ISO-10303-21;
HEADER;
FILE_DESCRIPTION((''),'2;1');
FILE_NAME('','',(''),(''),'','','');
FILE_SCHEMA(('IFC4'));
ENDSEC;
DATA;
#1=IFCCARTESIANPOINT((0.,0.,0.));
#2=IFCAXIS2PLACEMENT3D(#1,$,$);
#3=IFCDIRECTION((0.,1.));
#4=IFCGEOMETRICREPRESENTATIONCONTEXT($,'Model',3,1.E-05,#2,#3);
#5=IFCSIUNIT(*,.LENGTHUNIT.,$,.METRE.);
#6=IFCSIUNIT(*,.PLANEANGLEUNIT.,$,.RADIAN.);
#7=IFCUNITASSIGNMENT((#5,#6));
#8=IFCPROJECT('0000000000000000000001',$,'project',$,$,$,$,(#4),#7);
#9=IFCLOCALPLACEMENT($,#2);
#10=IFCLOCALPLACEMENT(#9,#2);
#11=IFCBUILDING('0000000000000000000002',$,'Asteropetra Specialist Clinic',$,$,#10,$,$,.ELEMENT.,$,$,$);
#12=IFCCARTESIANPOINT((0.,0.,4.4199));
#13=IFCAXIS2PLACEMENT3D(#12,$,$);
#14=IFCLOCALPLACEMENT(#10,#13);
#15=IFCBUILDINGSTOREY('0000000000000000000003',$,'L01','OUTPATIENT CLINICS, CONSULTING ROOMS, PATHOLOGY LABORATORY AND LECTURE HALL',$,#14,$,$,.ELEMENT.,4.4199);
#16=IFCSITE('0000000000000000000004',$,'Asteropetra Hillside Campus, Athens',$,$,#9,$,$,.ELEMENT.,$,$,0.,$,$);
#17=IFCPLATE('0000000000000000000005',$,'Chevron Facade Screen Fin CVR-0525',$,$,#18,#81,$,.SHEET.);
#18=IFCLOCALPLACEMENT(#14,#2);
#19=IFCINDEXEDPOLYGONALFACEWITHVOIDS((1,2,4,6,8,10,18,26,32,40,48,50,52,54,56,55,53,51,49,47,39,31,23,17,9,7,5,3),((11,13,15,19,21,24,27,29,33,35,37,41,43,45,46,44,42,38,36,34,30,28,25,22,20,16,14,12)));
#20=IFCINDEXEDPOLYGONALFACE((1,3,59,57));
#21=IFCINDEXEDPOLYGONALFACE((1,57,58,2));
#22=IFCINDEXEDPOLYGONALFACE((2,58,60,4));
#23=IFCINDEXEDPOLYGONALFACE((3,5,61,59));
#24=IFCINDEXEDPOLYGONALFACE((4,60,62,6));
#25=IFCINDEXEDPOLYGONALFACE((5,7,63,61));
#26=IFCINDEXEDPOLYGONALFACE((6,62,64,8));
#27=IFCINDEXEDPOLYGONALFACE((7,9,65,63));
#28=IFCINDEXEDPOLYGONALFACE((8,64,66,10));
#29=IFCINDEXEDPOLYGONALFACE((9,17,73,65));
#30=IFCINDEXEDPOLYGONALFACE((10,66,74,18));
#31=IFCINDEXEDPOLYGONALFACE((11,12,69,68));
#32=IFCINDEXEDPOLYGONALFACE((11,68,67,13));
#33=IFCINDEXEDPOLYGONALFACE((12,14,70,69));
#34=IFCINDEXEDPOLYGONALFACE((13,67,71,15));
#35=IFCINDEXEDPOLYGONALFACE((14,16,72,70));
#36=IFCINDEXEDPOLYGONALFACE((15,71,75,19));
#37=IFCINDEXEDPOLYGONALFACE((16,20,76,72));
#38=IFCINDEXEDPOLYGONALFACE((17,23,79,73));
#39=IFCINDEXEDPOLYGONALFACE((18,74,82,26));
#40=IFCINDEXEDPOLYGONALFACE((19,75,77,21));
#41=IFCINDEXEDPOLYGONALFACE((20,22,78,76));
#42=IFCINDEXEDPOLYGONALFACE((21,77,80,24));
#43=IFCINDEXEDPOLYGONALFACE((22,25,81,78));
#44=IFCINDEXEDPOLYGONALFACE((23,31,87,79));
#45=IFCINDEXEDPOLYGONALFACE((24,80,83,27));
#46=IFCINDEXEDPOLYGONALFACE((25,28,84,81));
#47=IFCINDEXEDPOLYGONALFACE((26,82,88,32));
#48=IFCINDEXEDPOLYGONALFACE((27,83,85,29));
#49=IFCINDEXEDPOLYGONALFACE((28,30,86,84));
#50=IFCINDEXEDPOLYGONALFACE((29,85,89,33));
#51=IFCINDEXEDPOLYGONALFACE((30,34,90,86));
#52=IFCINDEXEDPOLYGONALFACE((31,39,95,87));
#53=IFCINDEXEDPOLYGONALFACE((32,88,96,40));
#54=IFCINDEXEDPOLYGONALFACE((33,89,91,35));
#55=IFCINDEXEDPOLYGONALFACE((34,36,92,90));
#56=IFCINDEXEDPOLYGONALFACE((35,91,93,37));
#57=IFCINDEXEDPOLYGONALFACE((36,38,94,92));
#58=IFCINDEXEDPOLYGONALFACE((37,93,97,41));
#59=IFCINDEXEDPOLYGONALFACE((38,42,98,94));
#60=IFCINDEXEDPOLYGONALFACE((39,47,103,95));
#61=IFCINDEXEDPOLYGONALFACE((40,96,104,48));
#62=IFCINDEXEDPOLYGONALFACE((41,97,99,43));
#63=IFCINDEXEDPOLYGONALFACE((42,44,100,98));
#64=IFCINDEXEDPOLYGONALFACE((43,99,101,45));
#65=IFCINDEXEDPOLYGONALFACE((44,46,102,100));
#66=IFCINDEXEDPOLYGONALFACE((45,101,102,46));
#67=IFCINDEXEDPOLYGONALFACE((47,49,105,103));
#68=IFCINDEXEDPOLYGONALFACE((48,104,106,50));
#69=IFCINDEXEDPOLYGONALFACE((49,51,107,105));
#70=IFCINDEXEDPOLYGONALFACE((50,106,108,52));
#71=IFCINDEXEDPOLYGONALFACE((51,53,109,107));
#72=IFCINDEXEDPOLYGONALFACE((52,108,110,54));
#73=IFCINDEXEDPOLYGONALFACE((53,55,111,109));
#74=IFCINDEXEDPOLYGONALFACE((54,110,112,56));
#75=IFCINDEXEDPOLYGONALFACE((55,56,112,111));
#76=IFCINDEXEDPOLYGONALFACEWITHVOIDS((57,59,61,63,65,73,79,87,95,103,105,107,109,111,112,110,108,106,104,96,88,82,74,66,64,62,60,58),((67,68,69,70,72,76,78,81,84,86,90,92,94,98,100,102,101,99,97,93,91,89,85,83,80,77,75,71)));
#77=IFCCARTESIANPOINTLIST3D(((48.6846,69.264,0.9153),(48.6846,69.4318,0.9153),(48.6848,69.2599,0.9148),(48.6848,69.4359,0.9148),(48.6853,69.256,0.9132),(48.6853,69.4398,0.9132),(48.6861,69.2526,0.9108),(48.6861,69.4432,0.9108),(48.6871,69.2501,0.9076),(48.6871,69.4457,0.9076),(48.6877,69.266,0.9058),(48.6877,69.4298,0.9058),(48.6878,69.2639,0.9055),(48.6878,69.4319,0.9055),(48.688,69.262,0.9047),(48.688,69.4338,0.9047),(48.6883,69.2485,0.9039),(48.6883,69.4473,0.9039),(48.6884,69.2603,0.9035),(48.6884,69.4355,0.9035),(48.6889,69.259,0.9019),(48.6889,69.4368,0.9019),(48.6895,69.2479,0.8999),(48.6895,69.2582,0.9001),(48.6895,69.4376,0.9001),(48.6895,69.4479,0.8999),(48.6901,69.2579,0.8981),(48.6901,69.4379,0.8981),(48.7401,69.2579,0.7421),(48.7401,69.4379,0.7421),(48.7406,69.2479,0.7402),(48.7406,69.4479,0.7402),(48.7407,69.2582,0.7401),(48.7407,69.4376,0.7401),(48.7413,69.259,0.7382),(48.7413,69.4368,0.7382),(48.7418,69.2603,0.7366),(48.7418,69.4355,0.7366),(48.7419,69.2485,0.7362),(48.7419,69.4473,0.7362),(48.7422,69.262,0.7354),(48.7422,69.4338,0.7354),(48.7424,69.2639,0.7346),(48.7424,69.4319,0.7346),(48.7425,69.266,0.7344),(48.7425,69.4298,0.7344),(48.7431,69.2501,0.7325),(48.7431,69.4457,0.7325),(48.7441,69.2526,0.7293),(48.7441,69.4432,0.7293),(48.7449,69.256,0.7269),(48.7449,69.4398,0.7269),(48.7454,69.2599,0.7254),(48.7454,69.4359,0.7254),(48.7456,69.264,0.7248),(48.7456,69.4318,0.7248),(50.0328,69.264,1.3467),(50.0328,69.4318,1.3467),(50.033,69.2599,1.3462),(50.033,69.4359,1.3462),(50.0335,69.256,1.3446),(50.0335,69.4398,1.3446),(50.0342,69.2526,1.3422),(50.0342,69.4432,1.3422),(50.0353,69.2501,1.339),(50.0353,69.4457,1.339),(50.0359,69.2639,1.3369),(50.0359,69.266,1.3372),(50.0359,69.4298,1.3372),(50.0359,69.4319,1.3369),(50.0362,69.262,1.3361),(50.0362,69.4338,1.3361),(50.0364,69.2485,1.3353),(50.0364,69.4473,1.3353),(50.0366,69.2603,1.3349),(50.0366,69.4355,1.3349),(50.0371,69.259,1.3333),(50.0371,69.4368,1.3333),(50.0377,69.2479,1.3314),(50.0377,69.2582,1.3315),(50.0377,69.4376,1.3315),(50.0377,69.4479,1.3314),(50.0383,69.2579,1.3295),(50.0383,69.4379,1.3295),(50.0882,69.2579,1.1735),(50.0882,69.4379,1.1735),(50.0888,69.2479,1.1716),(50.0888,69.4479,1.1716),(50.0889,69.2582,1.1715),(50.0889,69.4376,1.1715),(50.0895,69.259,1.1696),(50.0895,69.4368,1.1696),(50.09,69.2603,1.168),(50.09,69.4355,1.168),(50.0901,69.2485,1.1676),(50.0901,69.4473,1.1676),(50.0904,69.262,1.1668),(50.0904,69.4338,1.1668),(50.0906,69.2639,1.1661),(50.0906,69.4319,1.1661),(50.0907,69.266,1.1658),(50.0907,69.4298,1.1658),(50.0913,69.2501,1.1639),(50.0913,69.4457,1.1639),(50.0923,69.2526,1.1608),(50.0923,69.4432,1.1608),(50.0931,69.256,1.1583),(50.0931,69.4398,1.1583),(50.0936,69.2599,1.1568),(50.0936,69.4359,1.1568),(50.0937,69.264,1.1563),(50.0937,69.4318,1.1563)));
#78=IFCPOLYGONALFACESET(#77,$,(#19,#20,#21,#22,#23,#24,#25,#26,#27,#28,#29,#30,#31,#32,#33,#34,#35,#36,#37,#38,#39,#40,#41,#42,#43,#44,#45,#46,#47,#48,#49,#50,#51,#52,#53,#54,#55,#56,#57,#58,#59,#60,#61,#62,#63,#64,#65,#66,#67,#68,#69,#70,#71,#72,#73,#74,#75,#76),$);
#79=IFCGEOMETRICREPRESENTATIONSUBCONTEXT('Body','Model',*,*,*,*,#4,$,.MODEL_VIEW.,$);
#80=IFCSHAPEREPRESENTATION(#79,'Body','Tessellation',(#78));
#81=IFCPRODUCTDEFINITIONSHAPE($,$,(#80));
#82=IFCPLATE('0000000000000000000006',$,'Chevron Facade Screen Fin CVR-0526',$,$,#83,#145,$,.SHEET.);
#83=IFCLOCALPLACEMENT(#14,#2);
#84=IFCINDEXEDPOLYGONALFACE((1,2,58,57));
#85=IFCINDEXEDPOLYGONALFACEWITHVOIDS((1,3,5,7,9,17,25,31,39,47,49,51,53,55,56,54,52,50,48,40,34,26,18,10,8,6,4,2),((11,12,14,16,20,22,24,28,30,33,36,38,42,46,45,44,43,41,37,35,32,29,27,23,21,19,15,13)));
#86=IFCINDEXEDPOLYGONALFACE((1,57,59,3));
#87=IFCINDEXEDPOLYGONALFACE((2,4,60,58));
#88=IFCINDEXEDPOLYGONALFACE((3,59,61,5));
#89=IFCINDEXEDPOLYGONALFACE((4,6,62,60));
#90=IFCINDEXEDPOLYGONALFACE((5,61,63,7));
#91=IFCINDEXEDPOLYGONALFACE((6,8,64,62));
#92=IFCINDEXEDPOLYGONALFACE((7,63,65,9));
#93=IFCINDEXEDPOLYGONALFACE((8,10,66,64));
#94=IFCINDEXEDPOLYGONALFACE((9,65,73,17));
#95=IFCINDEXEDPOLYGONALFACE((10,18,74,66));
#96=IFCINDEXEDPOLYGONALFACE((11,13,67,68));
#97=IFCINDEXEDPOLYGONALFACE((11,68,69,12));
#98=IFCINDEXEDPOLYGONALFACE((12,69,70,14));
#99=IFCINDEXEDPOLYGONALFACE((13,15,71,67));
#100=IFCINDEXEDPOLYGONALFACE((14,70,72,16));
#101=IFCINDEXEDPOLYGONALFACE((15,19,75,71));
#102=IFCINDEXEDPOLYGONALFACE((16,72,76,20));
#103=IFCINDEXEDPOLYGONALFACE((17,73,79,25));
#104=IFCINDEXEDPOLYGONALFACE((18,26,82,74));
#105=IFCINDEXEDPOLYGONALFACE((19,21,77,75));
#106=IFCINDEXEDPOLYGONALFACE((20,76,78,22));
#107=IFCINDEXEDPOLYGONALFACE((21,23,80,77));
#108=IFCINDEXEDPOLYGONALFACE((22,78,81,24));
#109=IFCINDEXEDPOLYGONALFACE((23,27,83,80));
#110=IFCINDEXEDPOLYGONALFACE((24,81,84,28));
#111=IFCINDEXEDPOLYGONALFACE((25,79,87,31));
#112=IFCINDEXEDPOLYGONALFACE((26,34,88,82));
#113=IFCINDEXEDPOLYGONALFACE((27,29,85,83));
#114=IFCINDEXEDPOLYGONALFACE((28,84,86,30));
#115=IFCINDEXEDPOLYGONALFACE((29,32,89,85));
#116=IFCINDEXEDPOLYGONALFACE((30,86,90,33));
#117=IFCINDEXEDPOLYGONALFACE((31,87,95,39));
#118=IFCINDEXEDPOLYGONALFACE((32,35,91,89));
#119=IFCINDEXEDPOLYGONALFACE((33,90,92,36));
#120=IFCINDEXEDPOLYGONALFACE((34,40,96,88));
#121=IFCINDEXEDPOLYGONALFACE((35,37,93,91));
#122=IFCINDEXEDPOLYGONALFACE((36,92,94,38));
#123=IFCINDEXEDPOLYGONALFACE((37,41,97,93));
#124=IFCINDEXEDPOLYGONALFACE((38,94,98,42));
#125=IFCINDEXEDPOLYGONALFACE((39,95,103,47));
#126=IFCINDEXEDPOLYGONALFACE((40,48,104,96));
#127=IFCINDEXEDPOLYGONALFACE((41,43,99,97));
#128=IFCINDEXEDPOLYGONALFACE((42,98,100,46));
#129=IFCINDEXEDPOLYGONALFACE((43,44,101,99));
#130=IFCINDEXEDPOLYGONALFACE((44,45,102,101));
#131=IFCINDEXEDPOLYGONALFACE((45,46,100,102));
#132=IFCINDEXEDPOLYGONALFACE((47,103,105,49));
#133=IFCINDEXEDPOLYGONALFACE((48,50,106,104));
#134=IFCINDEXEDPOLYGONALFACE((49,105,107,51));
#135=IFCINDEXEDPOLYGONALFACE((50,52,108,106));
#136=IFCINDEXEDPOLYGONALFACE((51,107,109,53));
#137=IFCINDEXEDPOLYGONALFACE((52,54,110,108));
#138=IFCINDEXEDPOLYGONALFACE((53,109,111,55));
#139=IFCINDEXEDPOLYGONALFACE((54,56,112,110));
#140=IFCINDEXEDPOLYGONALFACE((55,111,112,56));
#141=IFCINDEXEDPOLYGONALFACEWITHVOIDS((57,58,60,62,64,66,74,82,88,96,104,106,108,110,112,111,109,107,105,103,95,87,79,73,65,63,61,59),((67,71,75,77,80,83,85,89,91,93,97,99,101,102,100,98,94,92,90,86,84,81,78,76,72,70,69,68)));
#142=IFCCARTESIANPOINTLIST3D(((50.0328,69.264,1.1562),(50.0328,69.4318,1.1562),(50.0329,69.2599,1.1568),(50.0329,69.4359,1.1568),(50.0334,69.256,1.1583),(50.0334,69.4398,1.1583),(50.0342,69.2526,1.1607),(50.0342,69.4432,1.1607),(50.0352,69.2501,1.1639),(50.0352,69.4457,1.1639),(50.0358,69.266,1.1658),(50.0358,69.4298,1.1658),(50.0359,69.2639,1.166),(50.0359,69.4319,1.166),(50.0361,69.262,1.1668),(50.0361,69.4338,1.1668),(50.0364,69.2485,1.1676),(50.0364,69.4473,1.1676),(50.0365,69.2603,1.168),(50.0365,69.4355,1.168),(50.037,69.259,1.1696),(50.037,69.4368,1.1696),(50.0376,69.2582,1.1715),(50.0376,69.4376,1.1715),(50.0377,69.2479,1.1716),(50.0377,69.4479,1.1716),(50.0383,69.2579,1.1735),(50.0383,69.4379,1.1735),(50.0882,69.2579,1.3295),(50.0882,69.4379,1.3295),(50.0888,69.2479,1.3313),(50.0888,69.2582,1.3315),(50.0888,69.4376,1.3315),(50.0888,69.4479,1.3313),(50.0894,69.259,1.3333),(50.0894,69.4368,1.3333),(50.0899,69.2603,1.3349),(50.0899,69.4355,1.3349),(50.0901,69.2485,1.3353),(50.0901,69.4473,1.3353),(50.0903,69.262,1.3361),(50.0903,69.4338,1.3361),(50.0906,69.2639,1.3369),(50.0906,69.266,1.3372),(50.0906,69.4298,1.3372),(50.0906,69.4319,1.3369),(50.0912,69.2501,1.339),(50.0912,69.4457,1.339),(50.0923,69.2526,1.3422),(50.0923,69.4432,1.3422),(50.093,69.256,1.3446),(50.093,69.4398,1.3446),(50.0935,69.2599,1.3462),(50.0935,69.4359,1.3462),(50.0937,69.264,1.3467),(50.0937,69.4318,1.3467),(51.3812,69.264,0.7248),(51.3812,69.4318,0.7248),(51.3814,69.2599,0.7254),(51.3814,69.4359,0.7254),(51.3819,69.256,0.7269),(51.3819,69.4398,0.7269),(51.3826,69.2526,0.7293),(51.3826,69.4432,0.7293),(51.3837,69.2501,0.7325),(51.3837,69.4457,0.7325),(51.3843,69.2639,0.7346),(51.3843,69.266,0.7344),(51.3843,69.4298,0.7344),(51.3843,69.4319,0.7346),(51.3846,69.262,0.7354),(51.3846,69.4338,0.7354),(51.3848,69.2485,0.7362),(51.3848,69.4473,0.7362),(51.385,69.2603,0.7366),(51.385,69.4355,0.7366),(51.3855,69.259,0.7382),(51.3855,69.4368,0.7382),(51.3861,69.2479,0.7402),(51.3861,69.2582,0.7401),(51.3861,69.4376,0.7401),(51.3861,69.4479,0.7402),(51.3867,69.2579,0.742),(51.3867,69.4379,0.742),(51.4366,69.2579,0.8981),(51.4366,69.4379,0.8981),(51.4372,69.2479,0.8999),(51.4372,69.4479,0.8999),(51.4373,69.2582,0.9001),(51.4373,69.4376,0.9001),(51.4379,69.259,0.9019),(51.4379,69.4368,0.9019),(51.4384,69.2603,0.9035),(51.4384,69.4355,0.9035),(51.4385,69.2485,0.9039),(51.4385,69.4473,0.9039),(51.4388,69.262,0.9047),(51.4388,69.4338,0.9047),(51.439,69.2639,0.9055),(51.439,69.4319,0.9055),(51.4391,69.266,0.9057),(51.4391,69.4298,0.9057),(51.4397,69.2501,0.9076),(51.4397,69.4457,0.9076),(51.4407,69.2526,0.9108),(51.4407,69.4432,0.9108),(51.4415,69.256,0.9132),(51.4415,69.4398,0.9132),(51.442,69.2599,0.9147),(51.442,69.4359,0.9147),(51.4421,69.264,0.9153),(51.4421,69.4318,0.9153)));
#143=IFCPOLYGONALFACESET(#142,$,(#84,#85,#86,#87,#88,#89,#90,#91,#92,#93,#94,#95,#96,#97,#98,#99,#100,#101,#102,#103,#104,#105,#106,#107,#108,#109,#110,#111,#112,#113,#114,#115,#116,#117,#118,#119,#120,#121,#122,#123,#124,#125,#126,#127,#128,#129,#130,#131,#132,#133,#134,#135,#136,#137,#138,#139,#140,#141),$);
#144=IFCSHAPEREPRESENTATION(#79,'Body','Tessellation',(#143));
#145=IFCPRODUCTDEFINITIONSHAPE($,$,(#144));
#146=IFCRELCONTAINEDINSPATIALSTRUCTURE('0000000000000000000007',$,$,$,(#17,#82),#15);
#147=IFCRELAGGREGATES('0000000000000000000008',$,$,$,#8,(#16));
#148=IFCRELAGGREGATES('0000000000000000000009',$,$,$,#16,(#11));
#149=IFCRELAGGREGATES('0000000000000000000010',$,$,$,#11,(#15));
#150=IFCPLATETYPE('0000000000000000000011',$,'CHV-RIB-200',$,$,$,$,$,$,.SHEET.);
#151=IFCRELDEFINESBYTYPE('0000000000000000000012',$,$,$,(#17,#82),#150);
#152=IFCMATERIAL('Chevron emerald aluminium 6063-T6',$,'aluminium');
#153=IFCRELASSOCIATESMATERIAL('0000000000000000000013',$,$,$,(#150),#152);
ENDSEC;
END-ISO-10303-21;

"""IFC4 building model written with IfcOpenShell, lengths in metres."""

from ifc_helpers import new_model, si_unit, direction, frame, origin, origin_2d, place, context, subcontext, project, spatial, hollow_rectangle, extrude, material, material_profile, profile_set, type_object, element, save


model = new_model("IFC4")

# Units and contexts
model_context = context("Model", 3, precision=1e-05, world=origin(), true_north=direction((0.0, 1.0)))
body_context = subcontext(model_context, "Body", "Model", "MODEL_VIEW")
ifc_project = project(units=[si_unit("LENGTHUNIT", "METRE"), si_unit("PLANEANGLEUNIT", "RADIAN")], contexts=[model_context])

# Site, building, storey
site_placement = place(None, origin())
site = spatial("IfcSite", under=ifc_project, at=site_placement, Name="Asteropetra Hillside Campus, Athens", CompositionType="ELEMENT", RefElevation=0.0)
building_placement = place(site_placement, origin())
building = spatial("IfcBuilding", under=site, at=building_placement, Name="Asteropetra Specialist Clinic", CompositionType="ELEMENT")
storey_placement = place(building_placement, frame((0.0, 0.0, 4.4199)))
storey = spatial("IfcBuildingStorey", under=building, at=storey_placement, Name="L01", Description="OUTPATIENT CLINICS, CONSULTING ROOMS, PATHOLOGY LABORATORY AND LECTURE HALL", CompositionType="ELEMENT", Elevation=4.4199)

# Plates
ifc_material_1 = material(Name="Chevron emerald aluminium 6063-T6", Category="aluminium")
ifc_material_profile = material_profile(ifc_material_1, hollow_rectangle(XDim=0.2, YDim=0.2, WallThickness=0.01, InnerFilletRadius=0.0081, OuterFilletRadius=0.0161, at=origin_2d()), Name="SHS 200x200x10.0")
ifc_profile_set = profile_set([ifc_material_profile], Name="Chevron emerald aluminium 6063-T6")
plate_type_1 = type_object("IfcPlateType", Name="CHV-RIB-200", PredefinedType="SHEET", material=ifc_profile_set)
plate_1_placement = place(storey_placement, frame((48.7151, 69.3479, 0.8201), z_axis=(0.952426, 0.0, 0.304769), x_axis=(0.0, 1.0, 0.0)))
element("IfcPlate", 1, at=plate_1_placement, inside=storey, type_object=plate_type_1, Name="Chevron Facade Screen Fin CVR-0525", PredefinedType="SHEET", context=body_context, shape_type="SweptSolid", body=[
    extrude(hollow_rectangle(XDim=0.2, YDim=0.2, WallThickness=0.01, InnerFilletRadius=0.0081, OuterFilletRadius=0.0161, at=origin_2d()), origin(), (0.0, 0.0, 1.0), 1.4155),
])
plate_2_placement = place(storey_placement, frame((50.0632, 69.3479, 1.2515), z_axis=(0.952442, 0.0, -0.304719), x_axis=(0.0, 1.0, 0.0)))
element("IfcPlate", 2, at=plate_2_placement, inside=storey, type_object=plate_type_1, Name="Chevron Facade Screen Fin CVR-0526", PredefinedType="SHEET", context=body_context, shape_type="SweptSolid", body=[
    extrude(hollow_rectangle(XDim=0.2, YDim=0.2, WallThickness=0.01, InnerFilletRadius=0.0081, OuterFilletRadius=0.0161, at=origin_2d()), origin(), (0.0, 0.0, 1.0), 1.4158),
])

save(model, "model.ifc")
